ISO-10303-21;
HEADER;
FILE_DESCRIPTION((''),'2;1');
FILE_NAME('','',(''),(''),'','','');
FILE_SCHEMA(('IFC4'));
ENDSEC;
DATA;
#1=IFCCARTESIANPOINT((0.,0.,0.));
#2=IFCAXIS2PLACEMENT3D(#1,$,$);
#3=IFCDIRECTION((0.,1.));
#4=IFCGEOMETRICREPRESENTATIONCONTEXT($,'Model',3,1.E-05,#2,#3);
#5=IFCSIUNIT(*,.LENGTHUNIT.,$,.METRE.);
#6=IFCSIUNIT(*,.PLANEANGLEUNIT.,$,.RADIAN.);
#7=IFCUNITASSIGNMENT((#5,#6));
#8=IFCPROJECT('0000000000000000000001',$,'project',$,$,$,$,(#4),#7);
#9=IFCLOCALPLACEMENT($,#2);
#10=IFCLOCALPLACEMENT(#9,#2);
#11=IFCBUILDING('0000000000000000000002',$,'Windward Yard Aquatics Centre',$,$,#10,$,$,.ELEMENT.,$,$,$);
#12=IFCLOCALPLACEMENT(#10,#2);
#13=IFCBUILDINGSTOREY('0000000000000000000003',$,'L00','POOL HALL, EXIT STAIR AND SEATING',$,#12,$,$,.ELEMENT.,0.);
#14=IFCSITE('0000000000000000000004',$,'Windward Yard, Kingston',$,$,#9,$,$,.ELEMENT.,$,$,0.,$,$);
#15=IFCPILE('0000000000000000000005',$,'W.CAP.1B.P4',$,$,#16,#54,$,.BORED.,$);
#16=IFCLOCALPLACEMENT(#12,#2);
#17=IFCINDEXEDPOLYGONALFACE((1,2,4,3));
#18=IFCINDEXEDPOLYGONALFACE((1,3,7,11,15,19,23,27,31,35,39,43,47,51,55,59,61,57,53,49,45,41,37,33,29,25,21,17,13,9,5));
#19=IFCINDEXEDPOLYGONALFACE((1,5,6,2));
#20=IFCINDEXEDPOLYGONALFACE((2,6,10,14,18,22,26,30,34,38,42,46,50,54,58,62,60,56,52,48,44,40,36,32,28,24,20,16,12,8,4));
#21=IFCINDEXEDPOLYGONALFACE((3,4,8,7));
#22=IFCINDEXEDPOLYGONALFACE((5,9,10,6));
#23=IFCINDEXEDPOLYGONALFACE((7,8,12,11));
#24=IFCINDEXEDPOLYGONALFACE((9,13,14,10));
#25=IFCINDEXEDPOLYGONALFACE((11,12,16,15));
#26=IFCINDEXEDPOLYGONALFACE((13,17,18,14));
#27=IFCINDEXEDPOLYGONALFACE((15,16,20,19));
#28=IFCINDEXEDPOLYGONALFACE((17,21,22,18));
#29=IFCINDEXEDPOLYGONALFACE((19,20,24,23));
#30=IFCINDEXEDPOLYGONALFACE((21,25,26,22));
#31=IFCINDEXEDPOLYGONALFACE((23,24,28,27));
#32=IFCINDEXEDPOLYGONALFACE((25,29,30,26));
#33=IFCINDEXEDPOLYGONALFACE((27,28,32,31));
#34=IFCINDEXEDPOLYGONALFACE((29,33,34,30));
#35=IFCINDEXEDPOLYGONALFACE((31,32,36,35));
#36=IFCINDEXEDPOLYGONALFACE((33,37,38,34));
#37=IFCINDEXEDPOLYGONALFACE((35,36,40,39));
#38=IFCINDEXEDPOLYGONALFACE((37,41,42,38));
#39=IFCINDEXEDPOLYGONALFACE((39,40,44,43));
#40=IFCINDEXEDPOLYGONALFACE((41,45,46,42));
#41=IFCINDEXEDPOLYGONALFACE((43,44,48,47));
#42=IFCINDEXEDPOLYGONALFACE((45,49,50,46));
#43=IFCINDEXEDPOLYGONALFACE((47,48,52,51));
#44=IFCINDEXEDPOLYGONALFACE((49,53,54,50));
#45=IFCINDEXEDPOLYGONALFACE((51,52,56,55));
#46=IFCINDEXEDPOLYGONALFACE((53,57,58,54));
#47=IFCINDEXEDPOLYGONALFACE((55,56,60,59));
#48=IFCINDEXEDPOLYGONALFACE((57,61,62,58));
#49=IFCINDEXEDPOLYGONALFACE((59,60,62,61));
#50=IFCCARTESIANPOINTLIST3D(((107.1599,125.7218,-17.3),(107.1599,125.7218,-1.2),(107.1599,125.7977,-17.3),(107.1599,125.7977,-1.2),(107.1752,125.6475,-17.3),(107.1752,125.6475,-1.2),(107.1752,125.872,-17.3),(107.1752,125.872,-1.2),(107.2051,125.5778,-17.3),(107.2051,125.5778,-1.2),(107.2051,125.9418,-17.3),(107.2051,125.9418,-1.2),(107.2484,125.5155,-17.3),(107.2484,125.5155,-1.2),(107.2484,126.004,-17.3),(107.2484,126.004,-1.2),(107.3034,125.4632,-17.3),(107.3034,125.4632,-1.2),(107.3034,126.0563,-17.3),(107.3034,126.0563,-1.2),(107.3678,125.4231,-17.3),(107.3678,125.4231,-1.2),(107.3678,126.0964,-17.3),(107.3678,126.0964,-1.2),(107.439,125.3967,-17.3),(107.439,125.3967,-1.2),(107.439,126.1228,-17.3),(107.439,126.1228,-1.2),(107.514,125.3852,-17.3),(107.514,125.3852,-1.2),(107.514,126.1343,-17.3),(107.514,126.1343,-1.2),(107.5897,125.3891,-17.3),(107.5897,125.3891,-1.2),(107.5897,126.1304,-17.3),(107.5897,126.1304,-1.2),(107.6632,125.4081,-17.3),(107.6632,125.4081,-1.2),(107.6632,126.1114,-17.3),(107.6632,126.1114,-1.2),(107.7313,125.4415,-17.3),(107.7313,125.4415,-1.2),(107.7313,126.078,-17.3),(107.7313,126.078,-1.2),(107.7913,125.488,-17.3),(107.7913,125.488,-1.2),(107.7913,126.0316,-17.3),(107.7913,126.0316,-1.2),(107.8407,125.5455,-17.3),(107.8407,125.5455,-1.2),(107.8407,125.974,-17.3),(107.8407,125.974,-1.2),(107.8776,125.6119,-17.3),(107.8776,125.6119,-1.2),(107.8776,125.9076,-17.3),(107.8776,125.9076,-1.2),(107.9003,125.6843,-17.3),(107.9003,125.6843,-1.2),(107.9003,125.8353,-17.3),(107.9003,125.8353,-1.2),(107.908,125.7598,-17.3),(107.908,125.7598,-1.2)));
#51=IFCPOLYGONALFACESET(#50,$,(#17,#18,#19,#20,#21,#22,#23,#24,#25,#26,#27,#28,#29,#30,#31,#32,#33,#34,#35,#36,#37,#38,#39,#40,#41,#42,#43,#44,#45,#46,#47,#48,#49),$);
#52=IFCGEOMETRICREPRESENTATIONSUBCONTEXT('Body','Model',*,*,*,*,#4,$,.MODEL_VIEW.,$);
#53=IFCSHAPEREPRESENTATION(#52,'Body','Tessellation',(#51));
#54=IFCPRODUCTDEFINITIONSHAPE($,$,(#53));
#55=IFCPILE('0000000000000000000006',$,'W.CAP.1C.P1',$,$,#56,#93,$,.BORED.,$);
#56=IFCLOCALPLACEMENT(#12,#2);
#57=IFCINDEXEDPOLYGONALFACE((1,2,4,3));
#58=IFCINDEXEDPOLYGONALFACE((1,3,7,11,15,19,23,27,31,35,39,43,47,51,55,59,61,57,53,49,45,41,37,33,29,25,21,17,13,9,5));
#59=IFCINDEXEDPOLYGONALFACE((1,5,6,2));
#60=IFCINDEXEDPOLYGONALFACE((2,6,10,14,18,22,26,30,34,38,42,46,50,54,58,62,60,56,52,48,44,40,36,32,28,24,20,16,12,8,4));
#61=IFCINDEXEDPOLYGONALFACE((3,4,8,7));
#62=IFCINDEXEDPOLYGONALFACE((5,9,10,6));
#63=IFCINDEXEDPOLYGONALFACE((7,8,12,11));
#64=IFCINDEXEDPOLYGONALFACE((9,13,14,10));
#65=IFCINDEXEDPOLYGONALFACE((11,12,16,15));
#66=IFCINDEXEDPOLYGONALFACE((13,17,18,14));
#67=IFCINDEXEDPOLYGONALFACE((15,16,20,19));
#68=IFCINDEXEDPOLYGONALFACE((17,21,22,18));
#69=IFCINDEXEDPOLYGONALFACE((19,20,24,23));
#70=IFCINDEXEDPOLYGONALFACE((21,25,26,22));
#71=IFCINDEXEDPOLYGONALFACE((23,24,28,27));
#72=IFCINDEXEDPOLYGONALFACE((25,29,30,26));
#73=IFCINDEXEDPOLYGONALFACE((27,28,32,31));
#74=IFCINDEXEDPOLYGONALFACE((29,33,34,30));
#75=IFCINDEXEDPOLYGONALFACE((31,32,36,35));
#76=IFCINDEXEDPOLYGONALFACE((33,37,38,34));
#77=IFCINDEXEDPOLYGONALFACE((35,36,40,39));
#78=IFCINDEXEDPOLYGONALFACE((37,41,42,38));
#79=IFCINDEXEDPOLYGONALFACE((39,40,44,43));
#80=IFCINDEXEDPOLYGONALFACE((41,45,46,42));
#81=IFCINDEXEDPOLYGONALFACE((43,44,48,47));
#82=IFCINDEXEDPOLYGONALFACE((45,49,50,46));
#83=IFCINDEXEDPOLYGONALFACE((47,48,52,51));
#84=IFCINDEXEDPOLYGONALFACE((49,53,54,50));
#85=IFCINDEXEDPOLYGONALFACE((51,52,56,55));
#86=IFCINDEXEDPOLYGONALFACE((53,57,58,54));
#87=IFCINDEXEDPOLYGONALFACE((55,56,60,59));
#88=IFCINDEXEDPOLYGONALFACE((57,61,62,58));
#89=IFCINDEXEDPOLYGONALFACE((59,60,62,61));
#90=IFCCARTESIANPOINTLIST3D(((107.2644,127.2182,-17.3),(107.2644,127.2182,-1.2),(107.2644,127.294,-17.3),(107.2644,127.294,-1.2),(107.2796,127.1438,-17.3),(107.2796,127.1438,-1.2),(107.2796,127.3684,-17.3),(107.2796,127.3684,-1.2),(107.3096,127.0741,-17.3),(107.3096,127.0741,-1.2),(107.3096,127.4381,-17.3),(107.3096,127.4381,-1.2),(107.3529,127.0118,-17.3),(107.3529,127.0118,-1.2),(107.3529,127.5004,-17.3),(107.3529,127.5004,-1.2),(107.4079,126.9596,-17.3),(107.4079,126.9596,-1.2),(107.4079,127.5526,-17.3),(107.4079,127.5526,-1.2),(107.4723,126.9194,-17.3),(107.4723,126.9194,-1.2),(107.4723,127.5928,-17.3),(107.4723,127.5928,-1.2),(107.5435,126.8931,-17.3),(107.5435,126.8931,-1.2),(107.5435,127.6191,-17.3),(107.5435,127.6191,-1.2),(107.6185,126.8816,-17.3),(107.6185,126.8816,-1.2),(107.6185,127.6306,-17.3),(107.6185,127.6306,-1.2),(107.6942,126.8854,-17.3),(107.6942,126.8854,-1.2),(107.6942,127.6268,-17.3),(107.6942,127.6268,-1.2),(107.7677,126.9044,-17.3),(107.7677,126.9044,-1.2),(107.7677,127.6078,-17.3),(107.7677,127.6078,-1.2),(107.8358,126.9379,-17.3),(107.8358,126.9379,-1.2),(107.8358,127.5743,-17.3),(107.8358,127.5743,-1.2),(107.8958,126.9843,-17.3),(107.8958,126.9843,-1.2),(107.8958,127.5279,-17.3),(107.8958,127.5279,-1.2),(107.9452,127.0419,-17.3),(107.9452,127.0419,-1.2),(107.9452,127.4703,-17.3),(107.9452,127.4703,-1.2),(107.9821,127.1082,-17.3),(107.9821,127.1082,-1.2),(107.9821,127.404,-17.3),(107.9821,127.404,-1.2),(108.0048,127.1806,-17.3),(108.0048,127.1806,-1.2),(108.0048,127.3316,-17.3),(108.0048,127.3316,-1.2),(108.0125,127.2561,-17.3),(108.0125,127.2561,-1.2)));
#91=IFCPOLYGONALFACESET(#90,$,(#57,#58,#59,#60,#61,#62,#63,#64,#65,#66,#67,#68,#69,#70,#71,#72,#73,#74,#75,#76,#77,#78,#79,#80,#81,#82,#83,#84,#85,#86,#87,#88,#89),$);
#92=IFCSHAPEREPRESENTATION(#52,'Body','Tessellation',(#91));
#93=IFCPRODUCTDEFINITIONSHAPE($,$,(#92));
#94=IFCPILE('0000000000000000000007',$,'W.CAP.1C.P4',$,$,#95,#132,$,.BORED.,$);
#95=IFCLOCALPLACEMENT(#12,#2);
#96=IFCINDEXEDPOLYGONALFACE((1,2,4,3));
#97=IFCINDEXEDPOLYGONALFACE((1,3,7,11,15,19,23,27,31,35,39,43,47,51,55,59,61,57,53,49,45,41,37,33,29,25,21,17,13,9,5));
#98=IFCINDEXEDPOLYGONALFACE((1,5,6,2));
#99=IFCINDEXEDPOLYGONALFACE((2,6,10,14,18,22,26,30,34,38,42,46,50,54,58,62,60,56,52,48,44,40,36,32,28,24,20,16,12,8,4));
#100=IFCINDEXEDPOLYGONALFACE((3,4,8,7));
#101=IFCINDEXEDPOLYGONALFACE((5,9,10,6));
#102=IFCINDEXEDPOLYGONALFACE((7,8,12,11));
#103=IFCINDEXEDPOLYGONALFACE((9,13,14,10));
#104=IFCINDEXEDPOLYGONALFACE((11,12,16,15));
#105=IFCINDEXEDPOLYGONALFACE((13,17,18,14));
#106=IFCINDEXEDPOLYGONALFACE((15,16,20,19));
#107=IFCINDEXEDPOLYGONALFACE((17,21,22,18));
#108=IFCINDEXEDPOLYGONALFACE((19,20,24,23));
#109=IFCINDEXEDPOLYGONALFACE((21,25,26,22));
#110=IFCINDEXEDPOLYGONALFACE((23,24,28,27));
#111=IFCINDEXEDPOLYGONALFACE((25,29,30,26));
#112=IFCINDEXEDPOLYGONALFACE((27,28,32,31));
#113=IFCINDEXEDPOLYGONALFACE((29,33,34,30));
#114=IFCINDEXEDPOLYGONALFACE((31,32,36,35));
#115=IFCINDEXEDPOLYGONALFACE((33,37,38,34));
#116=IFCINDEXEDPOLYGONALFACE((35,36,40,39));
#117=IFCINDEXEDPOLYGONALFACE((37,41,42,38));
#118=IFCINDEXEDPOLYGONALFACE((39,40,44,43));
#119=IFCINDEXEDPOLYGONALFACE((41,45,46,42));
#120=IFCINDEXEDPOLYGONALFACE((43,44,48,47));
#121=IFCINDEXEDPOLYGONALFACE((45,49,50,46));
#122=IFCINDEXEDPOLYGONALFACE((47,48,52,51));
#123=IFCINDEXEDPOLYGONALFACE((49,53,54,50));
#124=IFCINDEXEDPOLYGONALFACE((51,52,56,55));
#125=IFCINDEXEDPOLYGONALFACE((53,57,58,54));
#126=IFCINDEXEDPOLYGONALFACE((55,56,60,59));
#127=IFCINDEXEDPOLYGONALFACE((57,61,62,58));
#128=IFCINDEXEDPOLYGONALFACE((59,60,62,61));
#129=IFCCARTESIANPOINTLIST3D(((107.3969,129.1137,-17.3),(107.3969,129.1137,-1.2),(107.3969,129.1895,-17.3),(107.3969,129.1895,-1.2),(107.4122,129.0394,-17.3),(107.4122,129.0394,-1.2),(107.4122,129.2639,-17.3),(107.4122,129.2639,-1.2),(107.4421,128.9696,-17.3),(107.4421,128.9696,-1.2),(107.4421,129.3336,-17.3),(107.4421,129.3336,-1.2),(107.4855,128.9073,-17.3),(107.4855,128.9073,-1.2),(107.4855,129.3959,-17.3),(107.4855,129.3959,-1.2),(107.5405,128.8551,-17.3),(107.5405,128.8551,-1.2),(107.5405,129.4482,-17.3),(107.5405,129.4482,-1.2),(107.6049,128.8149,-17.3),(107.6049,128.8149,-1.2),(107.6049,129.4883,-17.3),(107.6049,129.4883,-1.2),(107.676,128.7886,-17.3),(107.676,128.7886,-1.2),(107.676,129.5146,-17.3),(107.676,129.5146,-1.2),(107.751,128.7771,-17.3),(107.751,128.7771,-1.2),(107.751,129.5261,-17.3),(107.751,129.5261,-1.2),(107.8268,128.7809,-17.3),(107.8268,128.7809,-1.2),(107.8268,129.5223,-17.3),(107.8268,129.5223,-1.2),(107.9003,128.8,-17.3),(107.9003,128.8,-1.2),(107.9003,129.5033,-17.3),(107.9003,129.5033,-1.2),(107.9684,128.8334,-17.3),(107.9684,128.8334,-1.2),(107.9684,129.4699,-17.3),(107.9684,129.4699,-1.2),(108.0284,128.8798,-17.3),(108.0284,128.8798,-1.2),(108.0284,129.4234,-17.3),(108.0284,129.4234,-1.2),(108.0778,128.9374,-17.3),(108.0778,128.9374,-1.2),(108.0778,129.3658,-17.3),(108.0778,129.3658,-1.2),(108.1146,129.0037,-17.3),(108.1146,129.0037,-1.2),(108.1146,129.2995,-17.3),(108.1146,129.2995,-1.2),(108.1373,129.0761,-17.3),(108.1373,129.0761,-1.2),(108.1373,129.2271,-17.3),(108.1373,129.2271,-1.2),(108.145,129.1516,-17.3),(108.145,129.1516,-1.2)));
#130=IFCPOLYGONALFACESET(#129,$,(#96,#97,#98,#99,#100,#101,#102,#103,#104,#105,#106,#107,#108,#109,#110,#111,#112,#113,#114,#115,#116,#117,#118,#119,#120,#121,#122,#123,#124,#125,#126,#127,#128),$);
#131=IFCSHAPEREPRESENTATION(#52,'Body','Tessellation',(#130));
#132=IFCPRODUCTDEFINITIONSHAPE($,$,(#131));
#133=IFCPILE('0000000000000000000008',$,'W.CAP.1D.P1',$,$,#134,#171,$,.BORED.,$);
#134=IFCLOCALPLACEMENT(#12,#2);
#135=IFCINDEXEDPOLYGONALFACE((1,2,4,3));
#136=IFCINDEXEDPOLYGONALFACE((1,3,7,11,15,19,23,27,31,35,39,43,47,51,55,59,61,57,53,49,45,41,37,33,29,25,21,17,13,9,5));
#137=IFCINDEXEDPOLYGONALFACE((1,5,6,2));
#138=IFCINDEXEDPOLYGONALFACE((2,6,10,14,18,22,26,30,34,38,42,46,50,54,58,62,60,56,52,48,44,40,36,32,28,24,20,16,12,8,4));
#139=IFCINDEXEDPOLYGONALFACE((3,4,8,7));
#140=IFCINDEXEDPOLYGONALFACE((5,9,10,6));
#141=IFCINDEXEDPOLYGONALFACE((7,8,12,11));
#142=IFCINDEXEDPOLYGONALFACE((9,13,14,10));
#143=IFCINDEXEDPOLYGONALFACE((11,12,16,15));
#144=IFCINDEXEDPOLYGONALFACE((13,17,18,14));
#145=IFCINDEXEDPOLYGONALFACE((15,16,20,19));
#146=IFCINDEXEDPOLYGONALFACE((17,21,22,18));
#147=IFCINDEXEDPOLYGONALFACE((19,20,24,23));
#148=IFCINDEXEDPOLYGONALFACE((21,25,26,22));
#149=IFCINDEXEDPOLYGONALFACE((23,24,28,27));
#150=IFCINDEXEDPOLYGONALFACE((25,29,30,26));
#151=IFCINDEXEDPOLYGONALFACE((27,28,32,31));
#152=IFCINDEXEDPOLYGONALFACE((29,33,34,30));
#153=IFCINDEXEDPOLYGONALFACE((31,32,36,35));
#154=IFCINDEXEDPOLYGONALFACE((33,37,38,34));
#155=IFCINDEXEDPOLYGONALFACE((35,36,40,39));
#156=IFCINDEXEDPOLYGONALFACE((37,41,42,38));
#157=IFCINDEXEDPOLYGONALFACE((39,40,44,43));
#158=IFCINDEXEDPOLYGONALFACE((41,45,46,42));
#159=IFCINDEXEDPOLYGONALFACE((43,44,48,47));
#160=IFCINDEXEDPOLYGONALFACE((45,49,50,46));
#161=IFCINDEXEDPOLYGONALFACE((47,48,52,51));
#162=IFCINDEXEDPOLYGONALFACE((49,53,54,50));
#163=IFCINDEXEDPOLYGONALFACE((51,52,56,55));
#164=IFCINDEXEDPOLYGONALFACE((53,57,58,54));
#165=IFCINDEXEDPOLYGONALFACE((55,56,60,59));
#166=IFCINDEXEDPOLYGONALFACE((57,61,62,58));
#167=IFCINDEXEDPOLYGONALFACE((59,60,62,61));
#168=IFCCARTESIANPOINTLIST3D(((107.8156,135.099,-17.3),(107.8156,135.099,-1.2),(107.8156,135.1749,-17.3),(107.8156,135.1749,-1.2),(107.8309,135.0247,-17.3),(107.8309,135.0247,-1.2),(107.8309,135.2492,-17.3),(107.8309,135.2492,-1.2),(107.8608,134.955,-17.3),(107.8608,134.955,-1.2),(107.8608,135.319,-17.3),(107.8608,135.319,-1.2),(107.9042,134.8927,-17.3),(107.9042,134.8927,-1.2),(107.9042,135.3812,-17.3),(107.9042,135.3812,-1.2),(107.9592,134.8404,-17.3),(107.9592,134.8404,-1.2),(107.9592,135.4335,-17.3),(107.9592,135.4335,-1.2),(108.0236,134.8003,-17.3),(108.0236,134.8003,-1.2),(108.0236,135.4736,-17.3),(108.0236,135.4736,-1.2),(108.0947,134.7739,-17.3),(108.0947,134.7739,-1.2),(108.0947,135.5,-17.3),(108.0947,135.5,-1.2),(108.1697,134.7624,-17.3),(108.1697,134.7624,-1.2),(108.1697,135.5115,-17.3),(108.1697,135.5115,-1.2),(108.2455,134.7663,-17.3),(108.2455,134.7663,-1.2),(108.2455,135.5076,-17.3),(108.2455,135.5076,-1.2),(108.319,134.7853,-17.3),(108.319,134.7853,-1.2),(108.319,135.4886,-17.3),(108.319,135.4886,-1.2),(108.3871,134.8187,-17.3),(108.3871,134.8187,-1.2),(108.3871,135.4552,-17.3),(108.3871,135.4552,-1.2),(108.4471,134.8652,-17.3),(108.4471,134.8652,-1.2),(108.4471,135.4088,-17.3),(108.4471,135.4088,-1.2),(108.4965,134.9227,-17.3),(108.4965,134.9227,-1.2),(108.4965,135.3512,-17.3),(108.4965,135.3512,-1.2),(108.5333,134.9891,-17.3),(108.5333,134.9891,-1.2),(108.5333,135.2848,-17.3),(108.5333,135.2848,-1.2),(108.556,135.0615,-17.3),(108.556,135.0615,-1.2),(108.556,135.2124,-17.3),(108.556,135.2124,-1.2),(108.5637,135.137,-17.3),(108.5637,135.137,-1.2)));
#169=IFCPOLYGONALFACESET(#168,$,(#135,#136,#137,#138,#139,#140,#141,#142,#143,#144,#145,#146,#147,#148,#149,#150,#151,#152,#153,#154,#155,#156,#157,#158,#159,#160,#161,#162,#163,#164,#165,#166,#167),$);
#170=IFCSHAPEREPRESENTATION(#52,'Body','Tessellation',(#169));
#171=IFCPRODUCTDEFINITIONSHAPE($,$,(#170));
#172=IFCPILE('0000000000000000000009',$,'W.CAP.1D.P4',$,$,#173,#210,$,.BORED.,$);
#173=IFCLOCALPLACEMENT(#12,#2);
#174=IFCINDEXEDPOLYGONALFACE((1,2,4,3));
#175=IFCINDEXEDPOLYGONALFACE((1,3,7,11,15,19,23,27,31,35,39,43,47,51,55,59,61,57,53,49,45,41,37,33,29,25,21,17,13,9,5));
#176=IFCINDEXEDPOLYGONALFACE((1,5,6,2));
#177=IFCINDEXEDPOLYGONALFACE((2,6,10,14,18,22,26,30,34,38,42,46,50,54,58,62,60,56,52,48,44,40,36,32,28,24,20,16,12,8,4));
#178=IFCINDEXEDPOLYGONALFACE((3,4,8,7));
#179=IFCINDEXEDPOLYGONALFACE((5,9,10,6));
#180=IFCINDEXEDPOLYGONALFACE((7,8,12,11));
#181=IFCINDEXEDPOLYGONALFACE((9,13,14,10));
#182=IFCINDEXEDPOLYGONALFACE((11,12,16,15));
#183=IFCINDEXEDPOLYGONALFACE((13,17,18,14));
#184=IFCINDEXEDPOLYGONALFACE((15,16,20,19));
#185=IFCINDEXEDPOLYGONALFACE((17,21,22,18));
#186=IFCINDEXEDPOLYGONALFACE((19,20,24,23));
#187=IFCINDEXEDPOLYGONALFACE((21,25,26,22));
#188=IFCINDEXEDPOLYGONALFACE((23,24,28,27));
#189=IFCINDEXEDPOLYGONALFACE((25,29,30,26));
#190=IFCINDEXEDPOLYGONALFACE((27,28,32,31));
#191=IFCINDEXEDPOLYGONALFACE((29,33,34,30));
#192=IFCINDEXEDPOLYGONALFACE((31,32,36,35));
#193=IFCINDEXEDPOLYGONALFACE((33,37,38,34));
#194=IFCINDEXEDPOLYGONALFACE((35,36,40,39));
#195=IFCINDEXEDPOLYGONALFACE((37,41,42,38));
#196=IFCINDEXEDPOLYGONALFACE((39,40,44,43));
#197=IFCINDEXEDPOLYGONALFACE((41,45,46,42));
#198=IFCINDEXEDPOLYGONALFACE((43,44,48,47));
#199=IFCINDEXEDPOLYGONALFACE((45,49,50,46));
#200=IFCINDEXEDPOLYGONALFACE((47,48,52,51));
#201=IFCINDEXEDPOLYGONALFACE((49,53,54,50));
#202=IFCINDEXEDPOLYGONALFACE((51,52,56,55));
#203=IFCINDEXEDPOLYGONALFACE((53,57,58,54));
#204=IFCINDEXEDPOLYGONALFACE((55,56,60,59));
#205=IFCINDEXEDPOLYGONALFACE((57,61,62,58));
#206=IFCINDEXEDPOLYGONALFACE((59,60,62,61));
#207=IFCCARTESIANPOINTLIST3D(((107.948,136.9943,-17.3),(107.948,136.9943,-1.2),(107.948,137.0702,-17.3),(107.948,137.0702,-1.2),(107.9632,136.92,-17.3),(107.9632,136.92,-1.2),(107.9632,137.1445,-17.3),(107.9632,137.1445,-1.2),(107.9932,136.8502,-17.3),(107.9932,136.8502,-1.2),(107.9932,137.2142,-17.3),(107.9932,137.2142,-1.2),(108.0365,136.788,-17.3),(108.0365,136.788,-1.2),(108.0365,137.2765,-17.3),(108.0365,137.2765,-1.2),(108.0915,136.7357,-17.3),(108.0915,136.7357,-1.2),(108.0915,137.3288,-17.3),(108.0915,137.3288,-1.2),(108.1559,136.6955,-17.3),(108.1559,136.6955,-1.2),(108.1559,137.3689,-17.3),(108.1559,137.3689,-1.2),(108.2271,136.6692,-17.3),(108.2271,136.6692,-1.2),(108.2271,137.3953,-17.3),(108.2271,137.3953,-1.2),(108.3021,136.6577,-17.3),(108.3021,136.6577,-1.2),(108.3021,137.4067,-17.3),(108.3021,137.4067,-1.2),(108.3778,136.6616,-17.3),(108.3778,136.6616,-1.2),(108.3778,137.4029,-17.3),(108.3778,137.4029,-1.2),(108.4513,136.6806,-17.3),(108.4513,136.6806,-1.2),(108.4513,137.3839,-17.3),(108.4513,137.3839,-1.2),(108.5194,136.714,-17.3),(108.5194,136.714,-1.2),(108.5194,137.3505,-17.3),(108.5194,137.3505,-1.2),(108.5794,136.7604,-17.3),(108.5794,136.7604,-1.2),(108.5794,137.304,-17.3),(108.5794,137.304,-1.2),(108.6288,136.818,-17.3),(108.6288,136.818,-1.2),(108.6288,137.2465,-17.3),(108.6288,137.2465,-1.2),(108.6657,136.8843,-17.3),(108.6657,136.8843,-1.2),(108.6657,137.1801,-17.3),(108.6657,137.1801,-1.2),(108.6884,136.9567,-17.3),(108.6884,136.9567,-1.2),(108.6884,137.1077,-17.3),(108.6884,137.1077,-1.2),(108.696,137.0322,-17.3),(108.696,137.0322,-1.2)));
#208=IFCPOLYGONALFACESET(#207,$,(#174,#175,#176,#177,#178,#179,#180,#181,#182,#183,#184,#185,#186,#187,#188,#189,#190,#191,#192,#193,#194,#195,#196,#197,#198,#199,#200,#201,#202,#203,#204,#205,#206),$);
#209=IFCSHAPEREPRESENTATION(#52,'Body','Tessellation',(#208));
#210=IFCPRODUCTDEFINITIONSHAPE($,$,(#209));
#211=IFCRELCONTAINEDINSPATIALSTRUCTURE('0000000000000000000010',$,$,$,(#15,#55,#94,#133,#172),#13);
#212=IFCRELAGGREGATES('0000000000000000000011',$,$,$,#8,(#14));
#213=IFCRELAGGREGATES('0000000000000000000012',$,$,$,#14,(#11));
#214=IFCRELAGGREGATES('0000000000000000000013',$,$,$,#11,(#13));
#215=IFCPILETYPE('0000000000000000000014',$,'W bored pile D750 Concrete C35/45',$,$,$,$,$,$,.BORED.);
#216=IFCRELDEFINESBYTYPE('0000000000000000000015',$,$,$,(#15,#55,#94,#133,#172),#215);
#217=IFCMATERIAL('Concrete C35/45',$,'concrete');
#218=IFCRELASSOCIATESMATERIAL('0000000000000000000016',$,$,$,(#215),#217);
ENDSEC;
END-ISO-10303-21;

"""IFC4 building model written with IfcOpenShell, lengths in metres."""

from ifc_helpers import new_model, si_unit, direction, frame, origin, origin_2d, place, context, subcontext, project, spatial, circle, extrude, material, material_profile, profile_set, type_object, element, save


model = new_model("IFC4")

# Units and contexts
model_context = context("Model", 3, precision=1e-05, world=origin(), true_north=direction((0.0, 1.0)))
body_context = subcontext(model_context, "Body", "Model", "MODEL_VIEW")
ifc_project = project(units=[si_unit("LENGTHUNIT", "METRE"), si_unit("PLANEANGLEUNIT", "RADIAN")], contexts=[model_context])

# Site, building, storey
site_placement = place(None, origin())
site = spatial("IfcSite", under=ifc_project, at=site_placement, Name="Windward Yard, Kingston", CompositionType="ELEMENT", RefElevation=0.0)
building_placement = place(site_placement, origin())
building = spatial("IfcBuilding", under=site, at=building_placement, Name="Windward Yard Aquatics Centre", CompositionType="ELEMENT")
storey_placement = place(building_placement, origin())
storey = spatial("IfcBuildingStorey", under=building, at=storey_placement, Name="L00", Description="POOL HALL, EXIT STAIR AND SEATING", CompositionType="ELEMENT", Elevation=0.0)

# Piles
ifc_material_1 = material(Name="Concrete C35/45", Category="concrete")
ifc_material_profile_1 = material_profile(ifc_material_1, circle(Radius=0.375, at=origin_2d()), Name="D750")
ifc_profile_set_1 = profile_set([ifc_material_profile_1], Name="Concrete C35/45")
pile_type_1 = type_object("IfcPileType", Name="W bored pile D750 Concrete C35/45", PredefinedType="BORED", material=ifc_profile_set_1)
for number, where, z_axis, x_axis, name in (
    (1, (107.533, 125.7598, -1.2), (0.0, 0.0, -1.0), (1.0, 0.0, 0.0), "W.CAP.1B.P4"),
    (2, (107.6375, 127.2561, -1.2), (0.0, 0.0, -1.0), (1.0, 0.0, 0.0), "W.CAP.1C.P1"),
    (3, (107.77, 129.1516, -1.2), (0.0, 0.0, -1.0), (1.0, 0.0, 0.0), "W.CAP.1C.P4"),
    (4, (108.1887, 135.137, -1.2), (0.0, 0.0, -1.0), (1.0, 0.0, 0.0), "W.CAP.1D.P1"),
    (5, (108.321, 137.0322, -1.2), (0.0, 0.0, -1.0), (1.0, 0.0, 0.0), "W.CAP.1D.P4"),
):
    element("IfcPile", number, at=place(storey_placement, frame(where, z_axis=z_axis, x_axis=x_axis)), inside=storey, type_object=pile_type_1, Name=name, PredefinedType="BORED", context=body_context, shape_type="SweptSolid", body=[
        extrude(circle(Radius=0.375, at=origin_2d()), origin(), (0.0, 0.0, 1.0), 16.1001),
    ])

save(model, "model.ifc")
